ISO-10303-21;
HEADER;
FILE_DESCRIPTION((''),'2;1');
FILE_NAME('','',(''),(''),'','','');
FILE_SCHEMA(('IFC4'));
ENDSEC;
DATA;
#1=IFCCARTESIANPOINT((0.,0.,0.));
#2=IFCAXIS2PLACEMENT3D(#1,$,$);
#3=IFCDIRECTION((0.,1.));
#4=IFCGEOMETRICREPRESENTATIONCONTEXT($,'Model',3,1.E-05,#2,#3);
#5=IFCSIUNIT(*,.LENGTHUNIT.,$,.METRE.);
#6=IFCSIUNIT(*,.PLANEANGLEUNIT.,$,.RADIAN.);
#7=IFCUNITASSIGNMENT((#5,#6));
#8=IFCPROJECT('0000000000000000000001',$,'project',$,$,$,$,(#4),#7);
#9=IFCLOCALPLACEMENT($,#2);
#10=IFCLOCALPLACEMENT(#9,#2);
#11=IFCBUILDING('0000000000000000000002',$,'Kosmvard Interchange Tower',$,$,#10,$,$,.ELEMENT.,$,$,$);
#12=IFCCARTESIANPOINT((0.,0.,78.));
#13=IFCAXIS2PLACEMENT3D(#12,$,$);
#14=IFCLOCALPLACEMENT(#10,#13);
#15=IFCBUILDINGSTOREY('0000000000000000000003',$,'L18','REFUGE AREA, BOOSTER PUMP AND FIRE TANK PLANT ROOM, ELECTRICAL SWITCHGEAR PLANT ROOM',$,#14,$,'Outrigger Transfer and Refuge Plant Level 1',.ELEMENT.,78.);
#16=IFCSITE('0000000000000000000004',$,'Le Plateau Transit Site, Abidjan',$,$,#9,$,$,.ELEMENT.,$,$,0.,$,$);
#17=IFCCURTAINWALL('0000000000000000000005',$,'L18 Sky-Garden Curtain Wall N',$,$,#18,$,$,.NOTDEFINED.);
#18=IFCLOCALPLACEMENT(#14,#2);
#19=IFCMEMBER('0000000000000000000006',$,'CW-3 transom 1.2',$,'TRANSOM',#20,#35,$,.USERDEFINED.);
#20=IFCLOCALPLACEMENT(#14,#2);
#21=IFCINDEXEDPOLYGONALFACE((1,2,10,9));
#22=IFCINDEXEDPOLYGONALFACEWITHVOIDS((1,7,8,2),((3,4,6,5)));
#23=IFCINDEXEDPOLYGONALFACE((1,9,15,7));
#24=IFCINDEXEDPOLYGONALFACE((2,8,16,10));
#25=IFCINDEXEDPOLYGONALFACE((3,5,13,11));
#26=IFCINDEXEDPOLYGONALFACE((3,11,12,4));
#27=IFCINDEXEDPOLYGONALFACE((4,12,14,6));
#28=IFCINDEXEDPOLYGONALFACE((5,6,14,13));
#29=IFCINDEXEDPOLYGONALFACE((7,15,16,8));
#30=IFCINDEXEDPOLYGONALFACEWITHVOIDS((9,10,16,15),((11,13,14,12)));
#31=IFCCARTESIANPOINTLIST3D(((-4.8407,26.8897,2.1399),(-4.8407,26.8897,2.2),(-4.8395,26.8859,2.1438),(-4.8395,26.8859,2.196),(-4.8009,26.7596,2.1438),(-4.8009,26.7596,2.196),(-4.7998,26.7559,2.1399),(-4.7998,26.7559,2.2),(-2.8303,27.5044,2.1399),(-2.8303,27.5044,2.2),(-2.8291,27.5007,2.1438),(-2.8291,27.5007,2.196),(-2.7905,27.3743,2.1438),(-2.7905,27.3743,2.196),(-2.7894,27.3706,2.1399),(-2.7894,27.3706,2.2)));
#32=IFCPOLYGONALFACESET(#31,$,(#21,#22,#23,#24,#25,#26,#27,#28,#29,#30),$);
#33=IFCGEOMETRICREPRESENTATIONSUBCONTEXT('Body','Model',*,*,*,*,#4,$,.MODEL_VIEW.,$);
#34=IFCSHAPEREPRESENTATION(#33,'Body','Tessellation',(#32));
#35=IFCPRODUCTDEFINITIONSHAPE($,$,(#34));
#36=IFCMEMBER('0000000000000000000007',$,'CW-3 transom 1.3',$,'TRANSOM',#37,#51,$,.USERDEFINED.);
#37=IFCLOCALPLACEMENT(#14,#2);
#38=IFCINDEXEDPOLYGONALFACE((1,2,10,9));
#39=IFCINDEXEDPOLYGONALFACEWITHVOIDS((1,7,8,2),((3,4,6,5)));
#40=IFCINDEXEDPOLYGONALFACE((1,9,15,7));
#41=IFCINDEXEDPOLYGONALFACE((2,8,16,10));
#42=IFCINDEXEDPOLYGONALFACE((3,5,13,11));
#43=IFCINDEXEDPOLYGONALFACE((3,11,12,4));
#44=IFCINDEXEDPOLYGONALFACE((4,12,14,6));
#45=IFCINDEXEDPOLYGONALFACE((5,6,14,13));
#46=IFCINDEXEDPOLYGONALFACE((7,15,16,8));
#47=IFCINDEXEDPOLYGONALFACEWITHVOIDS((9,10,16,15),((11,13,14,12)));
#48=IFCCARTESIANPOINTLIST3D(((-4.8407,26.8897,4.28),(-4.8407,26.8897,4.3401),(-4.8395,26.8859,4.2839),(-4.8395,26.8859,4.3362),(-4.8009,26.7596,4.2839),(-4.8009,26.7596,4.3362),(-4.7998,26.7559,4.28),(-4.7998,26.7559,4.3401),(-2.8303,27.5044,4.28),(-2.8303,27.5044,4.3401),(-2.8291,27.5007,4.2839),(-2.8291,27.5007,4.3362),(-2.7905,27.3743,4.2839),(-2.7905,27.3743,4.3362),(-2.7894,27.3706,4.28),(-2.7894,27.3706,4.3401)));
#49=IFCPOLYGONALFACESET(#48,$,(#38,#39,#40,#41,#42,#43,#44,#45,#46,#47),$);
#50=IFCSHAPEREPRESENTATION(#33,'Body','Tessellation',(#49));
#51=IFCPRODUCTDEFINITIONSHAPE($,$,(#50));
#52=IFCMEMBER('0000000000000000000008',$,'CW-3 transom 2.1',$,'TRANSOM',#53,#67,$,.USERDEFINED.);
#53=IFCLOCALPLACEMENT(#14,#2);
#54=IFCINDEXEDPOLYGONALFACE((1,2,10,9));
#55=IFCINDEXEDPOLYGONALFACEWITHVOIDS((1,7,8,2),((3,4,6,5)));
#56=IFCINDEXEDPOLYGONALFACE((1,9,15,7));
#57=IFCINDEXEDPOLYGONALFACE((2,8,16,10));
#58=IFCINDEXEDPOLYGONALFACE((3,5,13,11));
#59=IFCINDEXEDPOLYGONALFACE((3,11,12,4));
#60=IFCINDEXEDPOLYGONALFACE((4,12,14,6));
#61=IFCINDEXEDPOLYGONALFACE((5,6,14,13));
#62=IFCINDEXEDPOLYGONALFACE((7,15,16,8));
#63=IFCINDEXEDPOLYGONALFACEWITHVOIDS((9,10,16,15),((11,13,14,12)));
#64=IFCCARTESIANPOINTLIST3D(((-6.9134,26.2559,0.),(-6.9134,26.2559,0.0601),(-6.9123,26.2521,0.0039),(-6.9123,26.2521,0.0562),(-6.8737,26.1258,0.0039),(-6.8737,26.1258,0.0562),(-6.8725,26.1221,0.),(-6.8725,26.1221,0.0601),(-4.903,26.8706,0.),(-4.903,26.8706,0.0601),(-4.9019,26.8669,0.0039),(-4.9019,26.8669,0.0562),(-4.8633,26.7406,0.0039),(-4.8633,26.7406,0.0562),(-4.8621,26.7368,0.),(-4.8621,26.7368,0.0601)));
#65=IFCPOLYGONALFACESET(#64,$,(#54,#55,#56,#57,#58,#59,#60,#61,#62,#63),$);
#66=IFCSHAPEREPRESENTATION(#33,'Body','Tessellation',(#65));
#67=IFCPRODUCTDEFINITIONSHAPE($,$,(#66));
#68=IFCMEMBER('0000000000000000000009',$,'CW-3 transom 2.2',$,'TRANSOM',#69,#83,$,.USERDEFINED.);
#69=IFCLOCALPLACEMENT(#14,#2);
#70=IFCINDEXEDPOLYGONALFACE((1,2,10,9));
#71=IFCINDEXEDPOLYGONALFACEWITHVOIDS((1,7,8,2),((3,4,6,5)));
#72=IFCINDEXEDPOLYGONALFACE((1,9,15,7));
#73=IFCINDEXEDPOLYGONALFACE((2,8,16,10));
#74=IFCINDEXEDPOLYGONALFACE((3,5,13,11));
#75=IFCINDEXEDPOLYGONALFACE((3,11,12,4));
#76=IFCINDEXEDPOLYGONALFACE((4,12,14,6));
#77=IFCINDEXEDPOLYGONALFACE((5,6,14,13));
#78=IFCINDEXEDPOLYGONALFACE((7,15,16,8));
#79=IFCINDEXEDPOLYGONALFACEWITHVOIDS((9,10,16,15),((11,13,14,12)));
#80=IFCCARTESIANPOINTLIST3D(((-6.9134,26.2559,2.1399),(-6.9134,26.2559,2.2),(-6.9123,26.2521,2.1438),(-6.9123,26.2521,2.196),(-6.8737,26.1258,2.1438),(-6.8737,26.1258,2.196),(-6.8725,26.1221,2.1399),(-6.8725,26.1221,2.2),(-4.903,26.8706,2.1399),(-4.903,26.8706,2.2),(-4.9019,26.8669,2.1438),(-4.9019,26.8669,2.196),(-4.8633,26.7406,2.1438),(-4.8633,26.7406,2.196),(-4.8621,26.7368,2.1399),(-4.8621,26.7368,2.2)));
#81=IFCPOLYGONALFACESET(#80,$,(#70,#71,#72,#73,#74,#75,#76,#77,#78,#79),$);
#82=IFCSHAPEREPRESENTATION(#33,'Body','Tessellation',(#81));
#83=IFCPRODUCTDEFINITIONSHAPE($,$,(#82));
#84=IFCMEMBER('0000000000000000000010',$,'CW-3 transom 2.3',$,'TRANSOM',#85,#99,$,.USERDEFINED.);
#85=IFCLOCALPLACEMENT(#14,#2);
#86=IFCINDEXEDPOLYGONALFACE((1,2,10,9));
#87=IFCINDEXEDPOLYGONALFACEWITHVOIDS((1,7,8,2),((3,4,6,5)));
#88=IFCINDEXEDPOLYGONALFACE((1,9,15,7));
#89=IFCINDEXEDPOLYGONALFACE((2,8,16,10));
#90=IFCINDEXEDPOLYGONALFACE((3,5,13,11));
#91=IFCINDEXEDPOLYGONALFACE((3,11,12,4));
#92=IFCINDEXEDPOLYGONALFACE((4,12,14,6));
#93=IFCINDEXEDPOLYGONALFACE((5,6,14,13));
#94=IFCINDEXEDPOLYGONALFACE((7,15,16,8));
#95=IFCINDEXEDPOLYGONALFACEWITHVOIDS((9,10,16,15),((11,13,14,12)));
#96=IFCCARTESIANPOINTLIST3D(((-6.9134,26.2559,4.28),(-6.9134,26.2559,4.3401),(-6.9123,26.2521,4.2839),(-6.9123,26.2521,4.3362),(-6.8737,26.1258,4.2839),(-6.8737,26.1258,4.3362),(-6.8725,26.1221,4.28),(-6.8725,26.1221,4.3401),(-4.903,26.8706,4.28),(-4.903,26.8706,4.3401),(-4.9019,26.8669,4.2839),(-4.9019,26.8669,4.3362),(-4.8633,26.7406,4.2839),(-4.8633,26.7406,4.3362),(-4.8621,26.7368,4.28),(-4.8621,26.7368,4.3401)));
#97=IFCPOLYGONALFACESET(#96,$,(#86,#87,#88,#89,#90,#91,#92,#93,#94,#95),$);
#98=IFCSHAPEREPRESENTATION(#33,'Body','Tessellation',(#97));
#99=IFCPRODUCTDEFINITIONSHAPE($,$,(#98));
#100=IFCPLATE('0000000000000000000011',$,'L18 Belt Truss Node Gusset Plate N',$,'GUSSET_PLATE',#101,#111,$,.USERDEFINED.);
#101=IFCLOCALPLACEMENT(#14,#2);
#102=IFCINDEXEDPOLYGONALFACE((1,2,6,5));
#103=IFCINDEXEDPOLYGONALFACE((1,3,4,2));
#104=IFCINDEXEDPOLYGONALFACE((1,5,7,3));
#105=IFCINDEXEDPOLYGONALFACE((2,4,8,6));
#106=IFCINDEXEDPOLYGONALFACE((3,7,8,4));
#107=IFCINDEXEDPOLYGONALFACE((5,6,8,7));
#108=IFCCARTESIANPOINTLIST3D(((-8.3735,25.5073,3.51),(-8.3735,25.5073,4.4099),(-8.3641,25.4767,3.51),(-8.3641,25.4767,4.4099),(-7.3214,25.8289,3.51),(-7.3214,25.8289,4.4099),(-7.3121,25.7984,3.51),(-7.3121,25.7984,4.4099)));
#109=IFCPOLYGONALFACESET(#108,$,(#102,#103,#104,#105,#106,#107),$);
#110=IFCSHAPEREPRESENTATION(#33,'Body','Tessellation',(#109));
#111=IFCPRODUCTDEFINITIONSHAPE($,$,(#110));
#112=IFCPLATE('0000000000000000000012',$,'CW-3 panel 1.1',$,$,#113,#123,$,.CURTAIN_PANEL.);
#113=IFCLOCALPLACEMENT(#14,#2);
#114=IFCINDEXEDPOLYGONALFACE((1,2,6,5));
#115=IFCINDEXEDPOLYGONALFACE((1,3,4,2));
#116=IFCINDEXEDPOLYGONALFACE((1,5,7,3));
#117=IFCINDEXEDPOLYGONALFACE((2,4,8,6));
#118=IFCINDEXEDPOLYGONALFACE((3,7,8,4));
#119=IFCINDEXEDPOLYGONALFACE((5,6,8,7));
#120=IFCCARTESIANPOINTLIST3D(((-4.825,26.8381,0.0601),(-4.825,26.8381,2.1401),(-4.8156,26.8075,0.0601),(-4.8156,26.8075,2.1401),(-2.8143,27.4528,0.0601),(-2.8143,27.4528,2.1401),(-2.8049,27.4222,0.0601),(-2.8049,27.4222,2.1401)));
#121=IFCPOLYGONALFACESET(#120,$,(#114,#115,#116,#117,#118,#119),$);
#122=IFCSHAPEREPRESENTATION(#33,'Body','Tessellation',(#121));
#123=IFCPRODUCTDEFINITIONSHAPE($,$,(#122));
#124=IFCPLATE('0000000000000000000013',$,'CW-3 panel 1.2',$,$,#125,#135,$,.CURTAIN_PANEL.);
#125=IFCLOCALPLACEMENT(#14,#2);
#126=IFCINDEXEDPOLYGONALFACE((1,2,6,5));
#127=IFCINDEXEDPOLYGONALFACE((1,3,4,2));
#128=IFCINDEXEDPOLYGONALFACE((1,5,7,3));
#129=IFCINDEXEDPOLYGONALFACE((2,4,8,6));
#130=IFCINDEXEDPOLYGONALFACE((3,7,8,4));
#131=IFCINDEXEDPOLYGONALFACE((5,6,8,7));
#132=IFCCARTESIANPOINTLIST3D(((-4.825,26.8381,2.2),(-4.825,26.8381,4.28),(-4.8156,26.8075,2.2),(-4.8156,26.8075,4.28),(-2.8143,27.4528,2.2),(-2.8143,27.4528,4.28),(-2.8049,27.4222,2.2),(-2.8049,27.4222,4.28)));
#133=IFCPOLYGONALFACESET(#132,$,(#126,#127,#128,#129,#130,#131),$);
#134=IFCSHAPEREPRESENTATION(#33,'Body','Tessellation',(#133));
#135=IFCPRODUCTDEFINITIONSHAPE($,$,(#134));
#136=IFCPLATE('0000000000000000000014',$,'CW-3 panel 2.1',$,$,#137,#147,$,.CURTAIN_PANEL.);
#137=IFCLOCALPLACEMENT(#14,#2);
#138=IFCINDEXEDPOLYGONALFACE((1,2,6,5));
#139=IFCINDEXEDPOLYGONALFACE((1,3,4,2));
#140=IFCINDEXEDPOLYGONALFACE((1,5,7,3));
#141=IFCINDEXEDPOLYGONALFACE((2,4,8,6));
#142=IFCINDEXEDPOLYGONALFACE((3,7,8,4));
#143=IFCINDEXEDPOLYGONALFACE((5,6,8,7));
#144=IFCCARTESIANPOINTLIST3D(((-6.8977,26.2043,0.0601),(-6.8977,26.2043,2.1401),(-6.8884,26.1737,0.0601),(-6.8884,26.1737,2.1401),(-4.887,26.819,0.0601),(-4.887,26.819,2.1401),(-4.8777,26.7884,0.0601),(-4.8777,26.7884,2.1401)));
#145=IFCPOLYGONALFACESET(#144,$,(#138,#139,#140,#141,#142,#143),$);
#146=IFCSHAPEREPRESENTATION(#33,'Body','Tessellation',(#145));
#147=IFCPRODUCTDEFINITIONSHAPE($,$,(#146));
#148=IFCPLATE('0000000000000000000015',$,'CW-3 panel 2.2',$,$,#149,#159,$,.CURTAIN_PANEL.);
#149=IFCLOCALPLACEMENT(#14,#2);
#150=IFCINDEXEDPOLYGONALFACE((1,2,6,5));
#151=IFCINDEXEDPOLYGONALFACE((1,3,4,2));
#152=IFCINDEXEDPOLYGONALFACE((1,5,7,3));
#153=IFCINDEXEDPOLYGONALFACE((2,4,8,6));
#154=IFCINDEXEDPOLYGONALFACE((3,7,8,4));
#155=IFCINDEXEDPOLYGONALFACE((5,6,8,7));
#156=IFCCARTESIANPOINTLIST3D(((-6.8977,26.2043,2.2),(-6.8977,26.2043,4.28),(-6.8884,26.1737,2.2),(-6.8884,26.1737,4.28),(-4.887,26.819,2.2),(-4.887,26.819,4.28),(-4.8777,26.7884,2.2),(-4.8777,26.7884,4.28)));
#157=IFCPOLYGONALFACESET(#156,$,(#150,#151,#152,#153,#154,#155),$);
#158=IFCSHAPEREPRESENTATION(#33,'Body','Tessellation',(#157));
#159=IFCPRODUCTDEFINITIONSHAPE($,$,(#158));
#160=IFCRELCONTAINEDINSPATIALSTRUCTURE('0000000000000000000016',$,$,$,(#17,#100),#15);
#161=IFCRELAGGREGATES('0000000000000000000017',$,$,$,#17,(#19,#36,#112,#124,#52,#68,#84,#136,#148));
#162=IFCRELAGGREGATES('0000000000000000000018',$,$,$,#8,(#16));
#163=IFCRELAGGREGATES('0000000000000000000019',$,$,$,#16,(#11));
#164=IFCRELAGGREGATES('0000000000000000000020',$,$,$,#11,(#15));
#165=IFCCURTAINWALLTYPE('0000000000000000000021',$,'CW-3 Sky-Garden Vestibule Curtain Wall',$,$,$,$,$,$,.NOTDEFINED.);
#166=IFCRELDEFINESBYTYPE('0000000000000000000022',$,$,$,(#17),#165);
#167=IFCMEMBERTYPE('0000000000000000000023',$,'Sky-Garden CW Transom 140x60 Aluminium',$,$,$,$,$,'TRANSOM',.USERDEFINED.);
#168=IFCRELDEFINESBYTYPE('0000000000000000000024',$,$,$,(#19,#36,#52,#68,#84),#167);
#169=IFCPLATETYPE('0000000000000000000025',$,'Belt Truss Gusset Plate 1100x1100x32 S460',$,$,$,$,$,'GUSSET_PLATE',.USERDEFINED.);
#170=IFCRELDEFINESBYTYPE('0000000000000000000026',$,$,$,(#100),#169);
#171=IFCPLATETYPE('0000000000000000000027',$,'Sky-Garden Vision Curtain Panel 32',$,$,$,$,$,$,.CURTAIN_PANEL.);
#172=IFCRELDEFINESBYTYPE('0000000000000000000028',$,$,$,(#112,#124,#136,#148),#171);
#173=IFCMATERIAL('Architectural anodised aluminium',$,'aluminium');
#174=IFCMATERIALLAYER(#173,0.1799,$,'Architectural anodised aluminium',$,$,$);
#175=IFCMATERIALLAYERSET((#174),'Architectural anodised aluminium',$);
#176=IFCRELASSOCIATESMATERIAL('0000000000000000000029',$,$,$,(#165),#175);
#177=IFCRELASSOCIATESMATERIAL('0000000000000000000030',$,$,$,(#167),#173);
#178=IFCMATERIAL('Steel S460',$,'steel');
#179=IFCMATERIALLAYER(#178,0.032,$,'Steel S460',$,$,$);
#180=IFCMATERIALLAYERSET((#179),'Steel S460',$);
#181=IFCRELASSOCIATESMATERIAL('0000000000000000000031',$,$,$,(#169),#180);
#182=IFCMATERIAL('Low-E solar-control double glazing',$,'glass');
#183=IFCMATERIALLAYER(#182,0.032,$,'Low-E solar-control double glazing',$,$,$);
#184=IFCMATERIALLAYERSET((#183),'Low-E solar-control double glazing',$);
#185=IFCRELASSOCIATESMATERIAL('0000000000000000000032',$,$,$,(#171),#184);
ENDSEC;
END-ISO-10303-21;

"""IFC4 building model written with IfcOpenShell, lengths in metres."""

from ifc_helpers import new_model, si_unit, direction, frame, origin, origin_2d, place, context, subcontext, project, spatial, rectangle, hollow_rectangle, extrude, source, transform, mapped, material, layer, layer_set, material_profile, profile_set, type_object, element, aggregate, save


model = new_model("IFC4")

# Units and contexts
model_context = context("Model", 3, precision=1e-05, world=origin(), true_north=direction((0.0, 1.0)))
body_context = subcontext(model_context, "Body", "Model", "MODEL_VIEW")
ifc_project = project(units=[si_unit("LENGTHUNIT", "METRE"), si_unit("PLANEANGLEUNIT", "RADIAN")], contexts=[model_context])

# Site, building, storey
site_placement = place(None, origin())
site = spatial("IfcSite", under=ifc_project, at=site_placement, Name="Le Plateau Transit Site, Abidjan", CompositionType="ELEMENT", RefElevation=0.0)
building_placement = place(site_placement, origin())
building = spatial("IfcBuilding", under=site, at=building_placement, Name="Kosmvard Interchange Tower", CompositionType="ELEMENT")
storey_placement = place(building_placement, frame((0.0, 0.0, 78.0)))
storey = spatial("IfcBuildingStorey", under=building, at=storey_placement, Name="L18", Description="REFUGE AREA, BOOSTER PUMP AND FIRE TANK PLANT ROOM, ELECTRICAL SWITCHGEAR PLANT ROOM", LongName="Outrigger Transfer and Refuge Plant Level 1", CompositionType="ELEMENT", Elevation=78.0)

# Shared definitions
ifc_material_1 = material(Name="Steel S460", Category="steel")

# Curtain wall, members
ifc_material_2 = material(Name="Architectural anodised aluminium", Category="aluminium")
ifc_layer_1 = layer(ifc_material_2, 0.1799, Name="Architectural anodised aluminium")
ifc_layer_set_1 = layer_set([ifc_layer_1], Name="Architectural anodised aluminium")
curtain_wall_type = type_object("IfcCurtainWallType", Name="CW-3 Sky-Garden Vestibule Curtain Wall", PredefinedType="NOTDEFINED", material=ifc_layer_set_1)
curtain_wall_placement = place(storey_placement, origin())
curtain_wall = element("IfcCurtainWall", 1, at=curtain_wall_placement, inside=storey, type_object=curtain_wall_type, Name="L18 Sky-Garden Curtain Wall N", PredefinedType="NOTDEFINED")
ifc_material_profile_1 = material_profile(ifc_material_2, hollow_rectangle(XDim=0.1399, YDim=0.0601, WallThickness=0.0039, at=origin_2d()), Name="CWT 140x60x4")
ifc_profile_set_1 = profile_set([ifc_material_profile_1], Name="Architectural anodised aluminium")
member_type_1 = type_object("IfcMemberType", Name="Sky-Garden CW Transom 140x60 Aluminium", ElementType="TRANSOM", PredefinedType="USERDEFINED", material=ifc_profile_set_1)
shared_shape_1 = source(origin(), body_context, "Body", "SweptSolid", [
    extrude(hollow_rectangle(XDim=0.1399, YDim=0.0601, WallThickness=0.0039, at=origin_2d()), origin(), (0.0, 0.0, 1.0), 2.1023),
])
member_1_placement = place(storey_placement, frame((-2.8098, 27.4375, 2.1699), z_axis=(-0.956295, -0.292404, 0.0), x_axis=(0.292404, -0.956295, 0.0)))
member_1 = element("IfcMember", 2, at=member_1_placement, type_object=member_type_1, Name="CW-3 transom 1.2", ObjectType="TRANSOM", PredefinedType="USERDEFINED", context=body_context, shape_type="MappedRepresentation", body=[
    mapped(shared_shape_1, transform((0.0, 0.0, 0.0), scale=1.0)),
])
member_2_placement = place(storey_placement, frame((-2.8098, 27.4375, 4.3101), z_axis=(-0.956295, -0.292404, 0.0), x_axis=(0.292404, -0.956295, 0.0)))
member_2 = element("IfcMember", 3, at=member_2_placement, type_object=member_type_1, Name="CW-3 transom 1.3", ObjectType="TRANSOM", PredefinedType="USERDEFINED", context=body_context, shape_type="MappedRepresentation", body=[
    mapped(shared_shape_1, transform((0.0, 0.0, 0.0), scale=1.0)),
])
member_3_placement = place(storey_placement, frame((-4.8826, 26.8037, 0.03), z_axis=(-0.956295, -0.292404, 0.0), x_axis=(0.292404, -0.956295, 0.0)))
member_3 = element("IfcMember", 4, at=member_3_placement, type_object=member_type_1, Name="CW-3 transom 2.1", ObjectType="TRANSOM", PredefinedType="USERDEFINED", context=body_context, shape_type="MappedRepresentation", body=[
    mapped(shared_shape_1, transform((0.0, 0.0, 0.0), scale=1.0)),
])
member_4_placement = place(storey_placement, frame((-4.8826, 26.8037, 2.1699), z_axis=(-0.956295, -0.292404, 0.0), x_axis=(0.292404, -0.956295, 0.0)))
member_4 = element("IfcMember", 5, at=member_4_placement, type_object=member_type_1, Name="CW-3 transom 2.2", ObjectType="TRANSOM", PredefinedType="USERDEFINED", context=body_context, shape_type="MappedRepresentation", body=[
    mapped(shared_shape_1, transform((0.0, 0.0, 0.0), scale=1.0)),
])
member_5_placement = place(storey_placement, frame((-4.8826, 26.8037, 4.3101), z_axis=(-0.956295, -0.292404, 0.0), x_axis=(0.292404, -0.956295, 0.0)))
member_5 = element("IfcMember", 6, at=member_5_placement, type_object=member_type_1, Name="CW-3 transom 2.3", ObjectType="TRANSOM", PredefinedType="USERDEFINED", context=body_context, shape_type="MappedRepresentation", body=[
    mapped(shared_shape_1, transform((0.0, 0.0, 0.0), scale=1.0)),
])

# Plates
ifc_layer_2 = layer(ifc_material_1, 0.032, Name="Steel S460")
ifc_layer_set_2 = layer_set([ifc_layer_2], Name="Steel S460")
plate_type_1 = type_object("IfcPlateType", Name="Belt Truss Gusset Plate 1100x1100x32 S460", ElementType="GUSSET_PLATE", PredefinedType="USERDEFINED", material=ifc_layer_set_2)
shared_shape_2 = source(origin(), body_context, "Body", "SweptSolid", [
    extrude(rectangle(XDim=1.1001, YDim=0.032, at=origin_2d()), origin(), (0.0, 0.0, 1.0), 0.8999),
])
plate_1_placement = place(storey_placement, frame((-7.8428, 25.6528, 3.51), z_axis=(0.0, 0.0, 1.0), x_axis=(0.956305, 0.292372, 0.0)))
element("IfcPlate", 7, at=plate_1_placement, inside=storey, type_object=plate_type_1, Name="L18 Belt Truss Node Gusset Plate N", ObjectType="GUSSET_PLATE", PredefinedType="USERDEFINED", context=body_context, shape_type="MappedRepresentation", body=[
    mapped(shared_shape_2, transform((0.0, 0.0, 0.0), scale=1.0)),
])
ifc_material_3 = material(Name="Low-E solar-control double glazing", Category="glass")
ifc_layer_3 = layer(ifc_material_3, 0.032, Name="Low-E solar-control double glazing")
ifc_layer_set_3 = layer_set([ifc_layer_3], Name="Low-E solar-control double glazing")
plate_type_2 = type_object("IfcPlateType", Name="Sky-Garden Vision Curtain Panel 32", PredefinedType="CURTAIN_PANEL", material=ifc_layer_set_3)
shared_shape_3 = source(origin(), body_context, "Body", "SweptSolid", [
    extrude(rectangle(XDim=2.1025, YDim=0.032, at=origin_2d()), origin(), (0.0, 0.0, 1.0), 2.0801),
])
plate_2_placement = place(storey_placement, frame((-3.8149, 27.1301, 0.0601), z_axis=(0.0, 0.0, 1.0), x_axis=(-0.956305, -0.292372, 0.0)))
plate_2 = element("IfcPlate", 8, at=plate_2_placement, type_object=plate_type_2, Name="CW-3 panel 1.1", PredefinedType="CURTAIN_PANEL", context=body_context, shape_type="MappedRepresentation", body=[
    mapped(shared_shape_3, transform((0.0, 0.0, 0.0), scale=1.0)),
])
plate_3_placement = place(storey_placement, frame((-3.8149, 27.1301, 2.2), z_axis=(0.0, 0.0, 1.0), x_axis=(-0.956305, -0.292372, 0.0)))
plate_3 = element("IfcPlate", 9, at=plate_3_placement, type_object=plate_type_2, Name="CW-3 panel 1.2", PredefinedType="CURTAIN_PANEL", context=body_context, shape_type="MappedRepresentation", body=[
    mapped(shared_shape_3, transform((0.0, 0.0, 0.0), scale=1.0)),
])
plate_4_placement = place(storey_placement, frame((-5.8877, 26.4963, 0.0601), z_axis=(0.0, 0.0, 1.0), x_axis=(-0.956305, -0.292372, 0.0)))
plate_4 = element("IfcPlate", 10, at=plate_4_placement, type_object=plate_type_2, Name="CW-3 panel 2.1", PredefinedType="CURTAIN_PANEL", context=body_context, shape_type="MappedRepresentation", body=[
    mapped(shared_shape_3, transform((0.0, 0.0, 0.0), scale=1.0)),
])
plate_5_placement = place(storey_placement, frame((-5.8877, 26.4963, 2.2), z_axis=(0.0, 0.0, 1.0), x_axis=(-0.956305, -0.292372, 0.0)))
plate_5 = element("IfcPlate", 11, at=plate_5_placement, type_object=plate_type_2, Name="CW-3 panel 2.2", PredefinedType="CURTAIN_PANEL", context=body_context, shape_type="MappedRepresentation", body=[
    mapped(shared_shape_3, transform((0.0, 0.0, 0.0), scale=1.0)),
])
aggregate(curtain_wall, [member_1, member_2, plate_2, plate_3, member_3, member_4, member_5, plate_4, plate_5])

save(model, "model.ifc")
